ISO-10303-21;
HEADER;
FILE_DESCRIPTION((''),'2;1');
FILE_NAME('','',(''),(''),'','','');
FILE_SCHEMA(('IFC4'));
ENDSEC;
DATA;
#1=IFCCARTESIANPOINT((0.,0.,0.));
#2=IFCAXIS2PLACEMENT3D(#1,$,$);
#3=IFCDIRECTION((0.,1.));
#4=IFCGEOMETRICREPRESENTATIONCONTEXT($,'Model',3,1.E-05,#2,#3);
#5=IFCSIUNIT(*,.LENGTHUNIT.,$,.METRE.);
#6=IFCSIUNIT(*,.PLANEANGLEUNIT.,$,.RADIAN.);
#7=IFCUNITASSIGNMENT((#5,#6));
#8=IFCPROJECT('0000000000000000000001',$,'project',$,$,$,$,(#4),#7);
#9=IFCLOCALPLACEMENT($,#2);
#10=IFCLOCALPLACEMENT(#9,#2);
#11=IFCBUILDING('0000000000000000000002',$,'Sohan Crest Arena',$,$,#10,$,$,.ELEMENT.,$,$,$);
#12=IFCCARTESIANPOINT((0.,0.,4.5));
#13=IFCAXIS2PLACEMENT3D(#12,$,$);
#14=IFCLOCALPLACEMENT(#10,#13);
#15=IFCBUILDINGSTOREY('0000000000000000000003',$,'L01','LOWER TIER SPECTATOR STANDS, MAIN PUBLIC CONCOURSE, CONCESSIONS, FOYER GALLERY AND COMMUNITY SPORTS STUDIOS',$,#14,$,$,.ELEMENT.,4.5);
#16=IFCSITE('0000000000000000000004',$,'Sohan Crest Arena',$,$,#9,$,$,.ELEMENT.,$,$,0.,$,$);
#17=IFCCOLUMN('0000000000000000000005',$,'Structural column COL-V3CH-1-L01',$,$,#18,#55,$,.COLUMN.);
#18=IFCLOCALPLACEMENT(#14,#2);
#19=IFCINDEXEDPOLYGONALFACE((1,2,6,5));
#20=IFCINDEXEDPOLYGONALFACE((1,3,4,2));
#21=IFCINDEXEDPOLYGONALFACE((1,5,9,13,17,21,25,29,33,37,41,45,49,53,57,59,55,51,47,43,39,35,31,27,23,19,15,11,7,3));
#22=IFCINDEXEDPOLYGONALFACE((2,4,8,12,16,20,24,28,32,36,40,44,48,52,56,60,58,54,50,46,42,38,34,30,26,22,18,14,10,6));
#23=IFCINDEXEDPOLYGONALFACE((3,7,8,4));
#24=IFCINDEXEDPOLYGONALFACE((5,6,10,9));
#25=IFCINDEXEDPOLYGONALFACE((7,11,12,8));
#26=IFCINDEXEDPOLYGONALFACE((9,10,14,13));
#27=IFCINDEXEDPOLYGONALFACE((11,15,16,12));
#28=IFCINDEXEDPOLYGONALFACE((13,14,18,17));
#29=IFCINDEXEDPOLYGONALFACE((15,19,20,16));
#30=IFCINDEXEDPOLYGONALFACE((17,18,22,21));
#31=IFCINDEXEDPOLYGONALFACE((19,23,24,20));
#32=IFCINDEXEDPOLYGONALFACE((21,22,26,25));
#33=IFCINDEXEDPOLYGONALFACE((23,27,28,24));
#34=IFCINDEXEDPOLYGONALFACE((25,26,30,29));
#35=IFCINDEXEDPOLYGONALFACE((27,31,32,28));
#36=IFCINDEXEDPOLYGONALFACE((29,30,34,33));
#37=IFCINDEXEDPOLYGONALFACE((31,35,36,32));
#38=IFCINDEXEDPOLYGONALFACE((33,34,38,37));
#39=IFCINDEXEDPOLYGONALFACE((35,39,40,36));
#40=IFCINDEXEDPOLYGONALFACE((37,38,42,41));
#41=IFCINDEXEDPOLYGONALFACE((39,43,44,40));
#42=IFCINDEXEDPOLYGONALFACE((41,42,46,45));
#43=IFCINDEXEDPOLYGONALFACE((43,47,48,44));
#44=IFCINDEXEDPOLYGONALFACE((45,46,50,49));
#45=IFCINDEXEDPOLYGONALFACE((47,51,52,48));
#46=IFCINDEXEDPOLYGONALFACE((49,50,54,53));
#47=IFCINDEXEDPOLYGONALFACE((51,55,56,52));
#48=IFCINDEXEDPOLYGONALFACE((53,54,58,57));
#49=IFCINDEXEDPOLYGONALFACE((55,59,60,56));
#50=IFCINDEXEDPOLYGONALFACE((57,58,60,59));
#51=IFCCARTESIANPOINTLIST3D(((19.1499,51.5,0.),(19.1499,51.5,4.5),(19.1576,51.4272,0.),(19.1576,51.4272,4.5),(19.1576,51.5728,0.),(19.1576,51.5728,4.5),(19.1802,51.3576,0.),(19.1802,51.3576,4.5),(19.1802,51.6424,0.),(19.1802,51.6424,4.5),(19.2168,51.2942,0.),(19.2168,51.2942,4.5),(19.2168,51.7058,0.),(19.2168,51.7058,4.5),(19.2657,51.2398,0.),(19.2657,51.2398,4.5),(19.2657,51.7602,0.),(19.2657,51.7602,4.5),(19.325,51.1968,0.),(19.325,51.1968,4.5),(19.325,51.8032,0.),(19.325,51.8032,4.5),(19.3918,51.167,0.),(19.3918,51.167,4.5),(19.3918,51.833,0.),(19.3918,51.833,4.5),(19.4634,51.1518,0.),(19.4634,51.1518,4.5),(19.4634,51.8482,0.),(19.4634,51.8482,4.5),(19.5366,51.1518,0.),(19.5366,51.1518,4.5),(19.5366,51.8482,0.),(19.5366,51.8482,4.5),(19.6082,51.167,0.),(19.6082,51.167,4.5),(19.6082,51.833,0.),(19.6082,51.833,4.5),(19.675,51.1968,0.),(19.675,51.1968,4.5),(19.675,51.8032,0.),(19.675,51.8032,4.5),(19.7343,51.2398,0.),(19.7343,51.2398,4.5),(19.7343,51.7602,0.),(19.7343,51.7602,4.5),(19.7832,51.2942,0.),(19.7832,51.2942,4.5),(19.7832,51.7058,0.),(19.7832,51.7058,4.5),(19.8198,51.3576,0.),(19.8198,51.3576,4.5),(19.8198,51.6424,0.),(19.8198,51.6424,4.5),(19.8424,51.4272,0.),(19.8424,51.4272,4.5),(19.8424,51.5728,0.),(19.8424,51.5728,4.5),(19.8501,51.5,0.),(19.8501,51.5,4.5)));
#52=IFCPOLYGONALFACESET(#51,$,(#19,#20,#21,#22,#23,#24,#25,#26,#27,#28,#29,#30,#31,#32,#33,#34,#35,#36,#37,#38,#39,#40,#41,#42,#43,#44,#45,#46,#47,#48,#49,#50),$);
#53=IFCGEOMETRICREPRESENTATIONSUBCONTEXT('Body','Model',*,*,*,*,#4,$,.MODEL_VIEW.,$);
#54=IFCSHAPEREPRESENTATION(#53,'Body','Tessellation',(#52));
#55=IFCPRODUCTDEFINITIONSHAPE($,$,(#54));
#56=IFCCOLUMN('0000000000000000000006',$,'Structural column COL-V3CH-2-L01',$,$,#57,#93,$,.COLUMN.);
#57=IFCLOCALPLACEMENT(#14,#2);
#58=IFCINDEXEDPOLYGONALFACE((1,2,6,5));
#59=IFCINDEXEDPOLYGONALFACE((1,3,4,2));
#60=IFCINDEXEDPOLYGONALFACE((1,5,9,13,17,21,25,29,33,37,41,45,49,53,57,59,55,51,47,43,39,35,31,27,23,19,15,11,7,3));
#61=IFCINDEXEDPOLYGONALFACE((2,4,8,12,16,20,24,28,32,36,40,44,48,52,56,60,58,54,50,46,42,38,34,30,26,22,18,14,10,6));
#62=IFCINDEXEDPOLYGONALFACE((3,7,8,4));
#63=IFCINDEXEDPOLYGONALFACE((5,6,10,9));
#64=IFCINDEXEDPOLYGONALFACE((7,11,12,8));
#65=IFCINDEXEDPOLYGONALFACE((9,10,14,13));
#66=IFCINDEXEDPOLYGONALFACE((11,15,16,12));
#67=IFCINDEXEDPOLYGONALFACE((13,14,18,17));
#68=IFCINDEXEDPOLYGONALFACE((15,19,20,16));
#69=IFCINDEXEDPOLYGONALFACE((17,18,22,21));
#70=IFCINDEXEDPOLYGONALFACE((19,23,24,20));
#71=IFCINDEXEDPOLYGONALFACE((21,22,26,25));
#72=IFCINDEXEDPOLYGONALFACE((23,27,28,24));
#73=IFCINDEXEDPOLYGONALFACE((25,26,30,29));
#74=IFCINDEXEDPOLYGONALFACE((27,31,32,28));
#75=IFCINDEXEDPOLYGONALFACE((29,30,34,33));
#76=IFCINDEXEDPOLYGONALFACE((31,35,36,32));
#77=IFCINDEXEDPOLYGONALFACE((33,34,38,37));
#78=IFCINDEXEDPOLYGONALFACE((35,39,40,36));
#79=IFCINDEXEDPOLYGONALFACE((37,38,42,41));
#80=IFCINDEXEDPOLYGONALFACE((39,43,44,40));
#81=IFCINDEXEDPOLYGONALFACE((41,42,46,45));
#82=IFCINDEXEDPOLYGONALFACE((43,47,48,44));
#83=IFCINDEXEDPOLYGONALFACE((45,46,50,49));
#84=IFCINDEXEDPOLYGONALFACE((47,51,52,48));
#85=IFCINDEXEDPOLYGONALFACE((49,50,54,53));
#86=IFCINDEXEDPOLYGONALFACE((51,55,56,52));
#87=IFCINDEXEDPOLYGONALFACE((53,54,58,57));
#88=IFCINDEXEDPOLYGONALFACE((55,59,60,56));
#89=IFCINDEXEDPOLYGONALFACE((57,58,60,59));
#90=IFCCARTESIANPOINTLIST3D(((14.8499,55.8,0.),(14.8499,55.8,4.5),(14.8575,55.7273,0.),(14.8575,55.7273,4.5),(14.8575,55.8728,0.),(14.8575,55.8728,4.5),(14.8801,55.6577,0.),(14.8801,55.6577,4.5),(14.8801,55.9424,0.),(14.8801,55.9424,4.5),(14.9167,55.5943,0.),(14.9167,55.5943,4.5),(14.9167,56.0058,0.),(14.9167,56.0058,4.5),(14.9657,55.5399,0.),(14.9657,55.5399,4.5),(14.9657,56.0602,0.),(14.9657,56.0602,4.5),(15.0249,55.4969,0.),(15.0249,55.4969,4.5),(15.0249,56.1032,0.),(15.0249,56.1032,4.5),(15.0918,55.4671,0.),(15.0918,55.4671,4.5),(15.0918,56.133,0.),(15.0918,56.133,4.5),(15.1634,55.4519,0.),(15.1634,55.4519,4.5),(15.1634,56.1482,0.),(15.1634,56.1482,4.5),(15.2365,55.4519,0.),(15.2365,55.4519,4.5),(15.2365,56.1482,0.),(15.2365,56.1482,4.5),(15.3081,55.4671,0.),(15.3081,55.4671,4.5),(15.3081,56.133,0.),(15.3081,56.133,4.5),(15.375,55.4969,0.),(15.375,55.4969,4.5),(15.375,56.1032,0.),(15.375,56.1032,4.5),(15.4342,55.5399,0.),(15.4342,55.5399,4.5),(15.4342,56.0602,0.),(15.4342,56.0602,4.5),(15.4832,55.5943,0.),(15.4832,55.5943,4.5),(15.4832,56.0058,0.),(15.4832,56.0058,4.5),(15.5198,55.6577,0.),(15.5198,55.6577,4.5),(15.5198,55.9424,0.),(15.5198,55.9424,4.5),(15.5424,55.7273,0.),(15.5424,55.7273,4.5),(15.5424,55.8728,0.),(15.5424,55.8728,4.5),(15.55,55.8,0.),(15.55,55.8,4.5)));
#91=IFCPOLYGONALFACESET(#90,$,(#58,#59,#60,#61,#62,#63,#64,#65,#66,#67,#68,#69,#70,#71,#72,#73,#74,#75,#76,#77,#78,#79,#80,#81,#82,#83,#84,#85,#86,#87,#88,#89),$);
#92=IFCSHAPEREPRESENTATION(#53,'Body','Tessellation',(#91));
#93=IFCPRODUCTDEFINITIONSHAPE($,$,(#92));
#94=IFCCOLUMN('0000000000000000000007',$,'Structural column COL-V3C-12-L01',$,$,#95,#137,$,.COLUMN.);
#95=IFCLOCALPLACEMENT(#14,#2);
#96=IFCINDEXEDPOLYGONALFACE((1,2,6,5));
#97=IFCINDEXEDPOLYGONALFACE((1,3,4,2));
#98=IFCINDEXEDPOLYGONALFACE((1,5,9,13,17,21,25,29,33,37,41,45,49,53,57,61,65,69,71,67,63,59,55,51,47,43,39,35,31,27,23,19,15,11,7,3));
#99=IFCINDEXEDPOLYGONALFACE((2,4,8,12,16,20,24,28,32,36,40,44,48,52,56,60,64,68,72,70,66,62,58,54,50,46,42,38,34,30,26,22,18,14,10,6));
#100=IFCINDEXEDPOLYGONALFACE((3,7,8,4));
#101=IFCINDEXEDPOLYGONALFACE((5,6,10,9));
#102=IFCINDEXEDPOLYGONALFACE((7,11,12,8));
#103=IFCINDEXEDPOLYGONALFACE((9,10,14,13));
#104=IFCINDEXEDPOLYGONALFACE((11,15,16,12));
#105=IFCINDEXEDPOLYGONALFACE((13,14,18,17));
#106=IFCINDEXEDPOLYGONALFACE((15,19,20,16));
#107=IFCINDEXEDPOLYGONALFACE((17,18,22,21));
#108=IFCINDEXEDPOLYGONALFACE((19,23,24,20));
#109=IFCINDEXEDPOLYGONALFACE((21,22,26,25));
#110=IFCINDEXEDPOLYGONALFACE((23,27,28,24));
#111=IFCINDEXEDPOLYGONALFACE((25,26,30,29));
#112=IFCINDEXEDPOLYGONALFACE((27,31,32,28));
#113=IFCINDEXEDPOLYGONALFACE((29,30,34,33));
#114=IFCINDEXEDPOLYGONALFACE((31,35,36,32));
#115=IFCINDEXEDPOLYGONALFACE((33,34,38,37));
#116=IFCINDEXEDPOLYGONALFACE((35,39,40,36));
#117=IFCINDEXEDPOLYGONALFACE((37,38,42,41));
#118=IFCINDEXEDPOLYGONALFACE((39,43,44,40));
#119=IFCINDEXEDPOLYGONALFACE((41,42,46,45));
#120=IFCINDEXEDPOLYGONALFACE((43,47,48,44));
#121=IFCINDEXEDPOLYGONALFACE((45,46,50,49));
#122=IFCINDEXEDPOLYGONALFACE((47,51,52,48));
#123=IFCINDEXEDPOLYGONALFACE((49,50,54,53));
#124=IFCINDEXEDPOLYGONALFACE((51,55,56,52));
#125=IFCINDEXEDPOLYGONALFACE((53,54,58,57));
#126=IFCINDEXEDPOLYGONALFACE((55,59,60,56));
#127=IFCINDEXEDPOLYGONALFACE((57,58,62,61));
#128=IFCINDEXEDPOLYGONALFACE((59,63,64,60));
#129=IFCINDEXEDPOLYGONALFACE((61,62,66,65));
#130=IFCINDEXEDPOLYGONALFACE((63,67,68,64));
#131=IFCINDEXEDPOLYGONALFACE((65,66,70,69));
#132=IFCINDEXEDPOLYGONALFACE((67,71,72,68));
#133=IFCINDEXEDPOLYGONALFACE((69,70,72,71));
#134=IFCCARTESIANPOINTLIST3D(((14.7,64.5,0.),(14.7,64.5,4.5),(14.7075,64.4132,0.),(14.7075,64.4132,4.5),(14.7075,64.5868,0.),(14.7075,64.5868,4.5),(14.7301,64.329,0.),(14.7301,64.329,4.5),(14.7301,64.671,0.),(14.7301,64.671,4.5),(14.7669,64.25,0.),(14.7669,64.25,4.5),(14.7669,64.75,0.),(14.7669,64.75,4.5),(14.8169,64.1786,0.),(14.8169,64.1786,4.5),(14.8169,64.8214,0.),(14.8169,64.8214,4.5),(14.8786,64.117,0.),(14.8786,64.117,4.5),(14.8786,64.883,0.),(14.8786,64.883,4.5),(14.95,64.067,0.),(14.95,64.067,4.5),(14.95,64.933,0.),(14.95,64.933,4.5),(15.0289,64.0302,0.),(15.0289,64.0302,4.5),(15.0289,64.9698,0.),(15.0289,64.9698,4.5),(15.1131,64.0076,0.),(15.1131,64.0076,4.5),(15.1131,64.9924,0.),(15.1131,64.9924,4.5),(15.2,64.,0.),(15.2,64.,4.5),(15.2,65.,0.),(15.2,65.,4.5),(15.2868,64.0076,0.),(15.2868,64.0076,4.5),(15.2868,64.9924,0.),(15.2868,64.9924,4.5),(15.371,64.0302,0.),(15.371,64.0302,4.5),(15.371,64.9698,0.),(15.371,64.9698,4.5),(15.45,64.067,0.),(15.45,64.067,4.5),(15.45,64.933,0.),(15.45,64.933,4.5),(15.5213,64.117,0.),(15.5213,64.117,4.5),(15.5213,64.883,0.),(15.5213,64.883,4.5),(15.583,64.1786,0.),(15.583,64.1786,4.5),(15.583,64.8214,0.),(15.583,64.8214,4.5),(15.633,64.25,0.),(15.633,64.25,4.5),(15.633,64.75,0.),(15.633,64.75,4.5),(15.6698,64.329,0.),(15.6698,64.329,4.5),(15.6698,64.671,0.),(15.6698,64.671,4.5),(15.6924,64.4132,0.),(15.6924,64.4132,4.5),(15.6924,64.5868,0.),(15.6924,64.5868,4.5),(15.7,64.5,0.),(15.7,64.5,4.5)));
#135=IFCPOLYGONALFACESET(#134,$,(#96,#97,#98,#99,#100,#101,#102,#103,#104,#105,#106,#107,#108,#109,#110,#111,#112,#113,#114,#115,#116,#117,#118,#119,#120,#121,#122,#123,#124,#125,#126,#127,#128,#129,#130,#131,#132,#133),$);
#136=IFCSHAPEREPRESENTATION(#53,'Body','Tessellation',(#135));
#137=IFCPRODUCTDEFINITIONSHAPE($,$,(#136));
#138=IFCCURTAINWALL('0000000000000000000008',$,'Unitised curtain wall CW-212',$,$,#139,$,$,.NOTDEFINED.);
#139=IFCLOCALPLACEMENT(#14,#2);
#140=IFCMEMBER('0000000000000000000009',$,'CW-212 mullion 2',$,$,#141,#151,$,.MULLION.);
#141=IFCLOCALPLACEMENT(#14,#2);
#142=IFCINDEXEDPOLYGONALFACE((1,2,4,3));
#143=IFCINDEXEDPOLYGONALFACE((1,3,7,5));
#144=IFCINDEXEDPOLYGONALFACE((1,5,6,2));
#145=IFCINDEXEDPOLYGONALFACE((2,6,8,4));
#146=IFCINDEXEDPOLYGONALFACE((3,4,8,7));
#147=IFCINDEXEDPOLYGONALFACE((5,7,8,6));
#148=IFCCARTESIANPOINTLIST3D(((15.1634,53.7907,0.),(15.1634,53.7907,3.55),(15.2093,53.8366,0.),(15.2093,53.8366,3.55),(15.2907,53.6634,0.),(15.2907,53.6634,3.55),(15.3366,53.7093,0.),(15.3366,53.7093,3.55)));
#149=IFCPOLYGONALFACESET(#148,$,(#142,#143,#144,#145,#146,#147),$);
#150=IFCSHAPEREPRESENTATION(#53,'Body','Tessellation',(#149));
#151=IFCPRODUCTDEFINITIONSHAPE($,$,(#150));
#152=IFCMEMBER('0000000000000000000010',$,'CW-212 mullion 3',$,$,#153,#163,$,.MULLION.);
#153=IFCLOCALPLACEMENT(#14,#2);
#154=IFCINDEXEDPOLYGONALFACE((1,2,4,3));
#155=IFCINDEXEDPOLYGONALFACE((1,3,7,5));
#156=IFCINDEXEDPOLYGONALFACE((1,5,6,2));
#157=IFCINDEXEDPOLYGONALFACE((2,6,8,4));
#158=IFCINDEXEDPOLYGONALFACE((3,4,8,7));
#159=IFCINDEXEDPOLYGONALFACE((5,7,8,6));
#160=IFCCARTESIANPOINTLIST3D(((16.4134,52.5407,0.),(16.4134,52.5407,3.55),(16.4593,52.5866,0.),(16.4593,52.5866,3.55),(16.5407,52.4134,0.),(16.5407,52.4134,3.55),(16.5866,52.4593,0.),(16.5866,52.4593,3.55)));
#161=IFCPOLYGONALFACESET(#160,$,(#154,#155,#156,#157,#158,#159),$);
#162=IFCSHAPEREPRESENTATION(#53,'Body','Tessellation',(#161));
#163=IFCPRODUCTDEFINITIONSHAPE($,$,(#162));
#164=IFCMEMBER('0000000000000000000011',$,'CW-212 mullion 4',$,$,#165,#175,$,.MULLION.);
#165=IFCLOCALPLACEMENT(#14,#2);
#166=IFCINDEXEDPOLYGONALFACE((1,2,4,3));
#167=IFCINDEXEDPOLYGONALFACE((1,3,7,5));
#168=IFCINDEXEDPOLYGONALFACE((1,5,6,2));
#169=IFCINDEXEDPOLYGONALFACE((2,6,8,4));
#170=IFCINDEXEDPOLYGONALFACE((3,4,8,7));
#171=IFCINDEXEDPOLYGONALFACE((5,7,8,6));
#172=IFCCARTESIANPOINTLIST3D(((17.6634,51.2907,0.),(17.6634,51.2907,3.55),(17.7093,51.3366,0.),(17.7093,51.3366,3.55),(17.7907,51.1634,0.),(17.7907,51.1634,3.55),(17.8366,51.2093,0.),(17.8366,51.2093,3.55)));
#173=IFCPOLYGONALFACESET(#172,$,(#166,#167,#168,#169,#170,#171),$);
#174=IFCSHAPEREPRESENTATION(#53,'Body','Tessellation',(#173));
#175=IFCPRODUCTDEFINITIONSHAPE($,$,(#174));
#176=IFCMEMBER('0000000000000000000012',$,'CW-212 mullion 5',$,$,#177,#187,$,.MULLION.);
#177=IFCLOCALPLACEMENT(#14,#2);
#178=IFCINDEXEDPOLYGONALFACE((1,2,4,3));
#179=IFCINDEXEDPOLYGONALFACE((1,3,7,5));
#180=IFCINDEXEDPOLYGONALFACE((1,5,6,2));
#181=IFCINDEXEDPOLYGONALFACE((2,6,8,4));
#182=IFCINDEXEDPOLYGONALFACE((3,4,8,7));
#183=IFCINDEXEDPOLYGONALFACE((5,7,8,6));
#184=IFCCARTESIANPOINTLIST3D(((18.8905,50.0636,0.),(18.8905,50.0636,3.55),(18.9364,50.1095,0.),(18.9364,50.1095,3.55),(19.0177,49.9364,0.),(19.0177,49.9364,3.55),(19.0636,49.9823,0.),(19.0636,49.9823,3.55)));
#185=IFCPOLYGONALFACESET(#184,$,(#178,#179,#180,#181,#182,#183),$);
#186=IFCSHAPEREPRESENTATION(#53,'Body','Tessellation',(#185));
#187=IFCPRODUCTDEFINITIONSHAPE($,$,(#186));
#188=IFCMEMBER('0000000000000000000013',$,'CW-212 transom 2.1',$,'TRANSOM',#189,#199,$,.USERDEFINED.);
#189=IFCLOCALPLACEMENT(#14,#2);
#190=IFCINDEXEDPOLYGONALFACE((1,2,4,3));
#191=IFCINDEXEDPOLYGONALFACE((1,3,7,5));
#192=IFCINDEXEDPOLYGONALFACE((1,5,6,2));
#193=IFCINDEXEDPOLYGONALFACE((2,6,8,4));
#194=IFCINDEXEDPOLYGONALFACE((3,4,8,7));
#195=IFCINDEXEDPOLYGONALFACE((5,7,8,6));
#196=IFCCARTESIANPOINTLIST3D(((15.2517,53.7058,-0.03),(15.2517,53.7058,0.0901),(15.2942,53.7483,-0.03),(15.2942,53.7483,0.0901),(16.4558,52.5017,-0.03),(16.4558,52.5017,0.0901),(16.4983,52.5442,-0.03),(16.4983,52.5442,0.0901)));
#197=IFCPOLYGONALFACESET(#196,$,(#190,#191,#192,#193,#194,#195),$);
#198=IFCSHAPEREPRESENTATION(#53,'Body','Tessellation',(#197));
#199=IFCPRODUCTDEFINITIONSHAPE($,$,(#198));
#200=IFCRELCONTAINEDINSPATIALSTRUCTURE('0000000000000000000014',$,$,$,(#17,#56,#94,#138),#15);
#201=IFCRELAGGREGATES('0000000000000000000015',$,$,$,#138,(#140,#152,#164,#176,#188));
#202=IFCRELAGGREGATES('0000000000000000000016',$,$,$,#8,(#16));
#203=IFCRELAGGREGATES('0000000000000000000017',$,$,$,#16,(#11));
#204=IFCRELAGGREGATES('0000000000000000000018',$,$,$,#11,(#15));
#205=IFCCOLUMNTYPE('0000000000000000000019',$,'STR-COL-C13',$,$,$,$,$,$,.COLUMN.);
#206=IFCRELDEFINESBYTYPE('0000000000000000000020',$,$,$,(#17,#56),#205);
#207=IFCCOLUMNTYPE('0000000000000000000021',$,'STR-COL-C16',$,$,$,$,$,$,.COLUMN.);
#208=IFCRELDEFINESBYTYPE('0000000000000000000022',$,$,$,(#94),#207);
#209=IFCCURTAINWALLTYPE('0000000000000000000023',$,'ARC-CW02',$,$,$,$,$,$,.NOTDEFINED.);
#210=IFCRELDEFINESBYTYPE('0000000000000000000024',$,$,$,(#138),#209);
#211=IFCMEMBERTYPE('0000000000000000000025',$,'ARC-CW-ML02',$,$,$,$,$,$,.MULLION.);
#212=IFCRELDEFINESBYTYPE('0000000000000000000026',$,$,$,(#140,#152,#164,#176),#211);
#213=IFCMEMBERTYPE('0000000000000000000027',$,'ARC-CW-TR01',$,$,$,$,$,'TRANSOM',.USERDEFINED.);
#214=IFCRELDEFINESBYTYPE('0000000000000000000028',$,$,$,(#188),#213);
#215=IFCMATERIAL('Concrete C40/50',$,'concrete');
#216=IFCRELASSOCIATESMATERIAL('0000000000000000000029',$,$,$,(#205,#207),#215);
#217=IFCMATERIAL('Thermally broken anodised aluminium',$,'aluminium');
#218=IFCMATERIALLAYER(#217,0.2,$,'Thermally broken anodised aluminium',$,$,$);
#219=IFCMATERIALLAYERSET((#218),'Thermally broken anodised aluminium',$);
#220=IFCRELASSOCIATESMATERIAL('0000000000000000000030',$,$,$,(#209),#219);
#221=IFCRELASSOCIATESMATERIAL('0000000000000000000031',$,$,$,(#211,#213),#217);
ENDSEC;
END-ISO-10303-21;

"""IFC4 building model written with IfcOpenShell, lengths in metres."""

from ifc_helpers import new_model, si_unit, direction, frame, origin, origin_2d, place, context, subcontext, project, spatial, rectangle, circle, extrude, material, layer, layer_set, material_profile, profile_set, type_object, element, aggregate, save


model = new_model("IFC4")

# Units and contexts
model_context = context("Model", 3, precision=1e-05, world=origin(), true_north=direction((0.0, 1.0)))
body_context = subcontext(model_context, "Body", "Model", "MODEL_VIEW")
ifc_project = project(units=[si_unit("LENGTHUNIT", "METRE"), si_unit("PLANEANGLEUNIT", "RADIAN")], contexts=[model_context])

# Site, building, storey
site_placement = place(None, origin())
site = spatial("IfcSite", under=ifc_project, at=site_placement, Name="Sohan Crest Arena", CompositionType="ELEMENT", RefElevation=0.0)
building_placement = place(site_placement, origin())
building = spatial("IfcBuilding", under=site, at=building_placement, Name="Sohan Crest Arena", CompositionType="ELEMENT")
storey_placement = place(building_placement, frame((0.0, 0.0, 4.5)))
storey = spatial("IfcBuildingStorey", under=building, at=storey_placement, Name="L01", Description="LOWER TIER SPECTATOR STANDS, MAIN PUBLIC CONCOURSE, CONCESSIONS, FOYER GALLERY AND COMMUNITY SPORTS STUDIOS", CompositionType="ELEMENT", Elevation=4.5)

# Columns
ifc_material_1 = material(Name="Concrete C40/50", Category="concrete")
ifc_material_profile_1 = material_profile(ifc_material_1, circle(Radius=0.3501, at=origin_2d()), Name="RC D700")
ifc_profile_set_1 = profile_set([ifc_material_profile_1], Name="Concrete C40/50")
column_type_1 = type_object("IfcColumnType", Name="STR-COL-C13", PredefinedType="COLUMN", material=ifc_profile_set_1)
for number, where, z_axis, x_axis, name in (
    (1, (19.5, 51.5, 0.0), (0.0, 0.0, 1.0), (1.0, 0.0, 0.0), "Structural column COL-V3CH-1-L01"),
    (2, (15.2, 55.8, 0.0), (0.0, 0.0, 1.0), (1.0, 0.0, 0.0), "Structural column COL-V3CH-2-L01"),
):
    element("IfcColumn", number, at=place(storey_placement, frame(where, z_axis=z_axis, x_axis=x_axis)), inside=storey, type_object=column_type_1, Name=name, PredefinedType="COLUMN", context=body_context, shape_type="SweptSolid", body=[
        extrude(circle(Radius=0.3501, at=origin_2d()), origin(), (0.0, 0.0, 1.0), 4.5),
    ])
ifc_material_profile_2 = material_profile(ifc_material_1, circle(Radius=0.5, at=origin_2d()), Name="RC D1000")
ifc_profile_set_2 = profile_set([ifc_material_profile_2], Name="Concrete C40/50")
column_type_2 = type_object("IfcColumnType", Name="STR-COL-C16", PredefinedType="COLUMN", material=ifc_profile_set_2)
column_placement = place(storey_placement, frame((15.2, 64.5, 0.0), z_axis=(0.0, 0.0, 1.0), x_axis=(1.0, 0.0, 0.0)))
element("IfcColumn", 3, at=column_placement, inside=storey, type_object=column_type_2, Name="Structural column COL-V3C-12-L01", PredefinedType="COLUMN", context=body_context, shape_type="SweptSolid", body=[
    extrude(circle(Radius=0.5, at=origin_2d()), origin(), (0.0, 0.0, 1.0), 4.5),
])

# Curtain wall, members
ifc_material_2 = material(Name="Thermally broken anodised aluminium", Category="aluminium")
ifc_layer_1 = layer(ifc_material_2, 0.2, Name="Thermally broken anodised aluminium")
ifc_layer_set_1 = layer_set([ifc_layer_1], Name="Thermally broken anodised aluminium")
curtain_wall_type = type_object("IfcCurtainWallType", Name="ARC-CW02", PredefinedType="NOTDEFINED", material=ifc_layer_set_1)
curtain_wall_placement = place(storey_placement, origin())
curtain_wall = element("IfcCurtainWall", 4, at=curtain_wall_placement, inside=storey, type_object=curtain_wall_type, Name="Unitised curtain wall CW-212", PredefinedType="NOTDEFINED")
ifc_material_profile_3 = material_profile(ifc_material_2, rectangle(XDim=0.0649, YDim=0.1799, at=origin_2d()), Name="ALU-MULL 65x180")
ifc_profile_set_3 = profile_set([ifc_material_profile_3], Name="Thermally broken anodised aluminium")
member_type_1 = type_object("IfcMemberType", Name="ARC-CW-ML02", PredefinedType="MULLION", material=ifc_profile_set_3)
member_1_placement = place(storey_placement, frame((15.25, 53.75, 0.0), z_axis=(0.0, 0.0, 1.0), x_axis=(0.707107, 0.707107, 0.0)))
member_1 = element("IfcMember", 5, at=member_1_placement, type_object=member_type_1, Name="CW-212 mullion 2", PredefinedType="MULLION", context=body_context, shape_type="SweptSolid", body=[
    extrude(rectangle(XDim=0.0649, YDim=0.1799, at=origin_2d()), origin(), (0.0, 0.0, 1.0), 3.55),
])
member_2_placement = place(storey_placement, frame((16.5, 52.5, 0.0), z_axis=(0.0, 0.0, 1.0), x_axis=(0.707107, 0.707107, 0.0)))
member_2 = element("IfcMember", 6, at=member_2_placement, type_object=member_type_1, Name="CW-212 mullion 3", PredefinedType="MULLION", context=body_context, shape_type="SweptSolid", body=[
    extrude(rectangle(XDim=0.0649, YDim=0.1799, at=origin_2d()), origin(), (0.0, 0.0, 1.0), 3.55),
])
member_3_placement = place(storey_placement, frame((17.75, 51.25, 0.0), z_axis=(0.0, 0.0, 1.0), x_axis=(0.707107, 0.707107, 0.0)))
member_3 = element("IfcMember", 7, at=member_3_placement, type_object=member_type_1, Name="CW-212 mullion 4", PredefinedType="MULLION", context=body_context, shape_type="SweptSolid", body=[
    extrude(rectangle(XDim=0.0649, YDim=0.1799, at=origin_2d()), origin(), (0.0, 0.0, 1.0), 3.55),
])
member_4_placement = place(storey_placement, frame((18.9771, 50.0229, 0.0), z_axis=(0.0, 0.0, 1.0), x_axis=(0.707107, 0.707107, 0.0)))
member_4 = element("IfcMember", 8, at=member_4_placement, type_object=member_type_1, Name="CW-212 mullion 5", PredefinedType="MULLION", context=body_context, shape_type="SweptSolid", body=[
    extrude(rectangle(XDim=0.0649, YDim=0.1799, at=origin_2d()), origin(), (0.0, 0.0, 1.0), 3.55),
])
ifc_material_profile_4 = material_profile(ifc_material_2, rectangle(XDim=0.0601, YDim=0.1201, at=origin_2d()), Name="ALU-TRAN 60x120")
ifc_profile_set_4 = profile_set([ifc_material_profile_4], Name="Thermally broken anodised aluminium")
member_type_2 = type_object("IfcMemberType", Name="ARC-CW-TR01", ElementType="TRANSOM", PredefinedType="USERDEFINED", material=ifc_profile_set_4)
member_5_placement = place(storey_placement, frame((15.2729, 53.7271, 0.03), z_axis=(0.707107, -0.707107, 0.0), x_axis=(0.707107, 0.707107, 0.0)))
member_5 = element("IfcMember", 9, at=member_5_placement, type_object=member_type_2, Name="CW-212 transom 2.1", ObjectType="TRANSOM", PredefinedType="USERDEFINED", context=body_context, shape_type="SweptSolid", body=[
    extrude(rectangle(XDim=0.0601, YDim=0.1201, at=origin_2d()), origin(), (0.0, 0.0, 1.0), 1.7029),
])

aggregate(curtain_wall, [member_1, member_2, member_3, member_4, member_5])

save(model, "model.ifc")
